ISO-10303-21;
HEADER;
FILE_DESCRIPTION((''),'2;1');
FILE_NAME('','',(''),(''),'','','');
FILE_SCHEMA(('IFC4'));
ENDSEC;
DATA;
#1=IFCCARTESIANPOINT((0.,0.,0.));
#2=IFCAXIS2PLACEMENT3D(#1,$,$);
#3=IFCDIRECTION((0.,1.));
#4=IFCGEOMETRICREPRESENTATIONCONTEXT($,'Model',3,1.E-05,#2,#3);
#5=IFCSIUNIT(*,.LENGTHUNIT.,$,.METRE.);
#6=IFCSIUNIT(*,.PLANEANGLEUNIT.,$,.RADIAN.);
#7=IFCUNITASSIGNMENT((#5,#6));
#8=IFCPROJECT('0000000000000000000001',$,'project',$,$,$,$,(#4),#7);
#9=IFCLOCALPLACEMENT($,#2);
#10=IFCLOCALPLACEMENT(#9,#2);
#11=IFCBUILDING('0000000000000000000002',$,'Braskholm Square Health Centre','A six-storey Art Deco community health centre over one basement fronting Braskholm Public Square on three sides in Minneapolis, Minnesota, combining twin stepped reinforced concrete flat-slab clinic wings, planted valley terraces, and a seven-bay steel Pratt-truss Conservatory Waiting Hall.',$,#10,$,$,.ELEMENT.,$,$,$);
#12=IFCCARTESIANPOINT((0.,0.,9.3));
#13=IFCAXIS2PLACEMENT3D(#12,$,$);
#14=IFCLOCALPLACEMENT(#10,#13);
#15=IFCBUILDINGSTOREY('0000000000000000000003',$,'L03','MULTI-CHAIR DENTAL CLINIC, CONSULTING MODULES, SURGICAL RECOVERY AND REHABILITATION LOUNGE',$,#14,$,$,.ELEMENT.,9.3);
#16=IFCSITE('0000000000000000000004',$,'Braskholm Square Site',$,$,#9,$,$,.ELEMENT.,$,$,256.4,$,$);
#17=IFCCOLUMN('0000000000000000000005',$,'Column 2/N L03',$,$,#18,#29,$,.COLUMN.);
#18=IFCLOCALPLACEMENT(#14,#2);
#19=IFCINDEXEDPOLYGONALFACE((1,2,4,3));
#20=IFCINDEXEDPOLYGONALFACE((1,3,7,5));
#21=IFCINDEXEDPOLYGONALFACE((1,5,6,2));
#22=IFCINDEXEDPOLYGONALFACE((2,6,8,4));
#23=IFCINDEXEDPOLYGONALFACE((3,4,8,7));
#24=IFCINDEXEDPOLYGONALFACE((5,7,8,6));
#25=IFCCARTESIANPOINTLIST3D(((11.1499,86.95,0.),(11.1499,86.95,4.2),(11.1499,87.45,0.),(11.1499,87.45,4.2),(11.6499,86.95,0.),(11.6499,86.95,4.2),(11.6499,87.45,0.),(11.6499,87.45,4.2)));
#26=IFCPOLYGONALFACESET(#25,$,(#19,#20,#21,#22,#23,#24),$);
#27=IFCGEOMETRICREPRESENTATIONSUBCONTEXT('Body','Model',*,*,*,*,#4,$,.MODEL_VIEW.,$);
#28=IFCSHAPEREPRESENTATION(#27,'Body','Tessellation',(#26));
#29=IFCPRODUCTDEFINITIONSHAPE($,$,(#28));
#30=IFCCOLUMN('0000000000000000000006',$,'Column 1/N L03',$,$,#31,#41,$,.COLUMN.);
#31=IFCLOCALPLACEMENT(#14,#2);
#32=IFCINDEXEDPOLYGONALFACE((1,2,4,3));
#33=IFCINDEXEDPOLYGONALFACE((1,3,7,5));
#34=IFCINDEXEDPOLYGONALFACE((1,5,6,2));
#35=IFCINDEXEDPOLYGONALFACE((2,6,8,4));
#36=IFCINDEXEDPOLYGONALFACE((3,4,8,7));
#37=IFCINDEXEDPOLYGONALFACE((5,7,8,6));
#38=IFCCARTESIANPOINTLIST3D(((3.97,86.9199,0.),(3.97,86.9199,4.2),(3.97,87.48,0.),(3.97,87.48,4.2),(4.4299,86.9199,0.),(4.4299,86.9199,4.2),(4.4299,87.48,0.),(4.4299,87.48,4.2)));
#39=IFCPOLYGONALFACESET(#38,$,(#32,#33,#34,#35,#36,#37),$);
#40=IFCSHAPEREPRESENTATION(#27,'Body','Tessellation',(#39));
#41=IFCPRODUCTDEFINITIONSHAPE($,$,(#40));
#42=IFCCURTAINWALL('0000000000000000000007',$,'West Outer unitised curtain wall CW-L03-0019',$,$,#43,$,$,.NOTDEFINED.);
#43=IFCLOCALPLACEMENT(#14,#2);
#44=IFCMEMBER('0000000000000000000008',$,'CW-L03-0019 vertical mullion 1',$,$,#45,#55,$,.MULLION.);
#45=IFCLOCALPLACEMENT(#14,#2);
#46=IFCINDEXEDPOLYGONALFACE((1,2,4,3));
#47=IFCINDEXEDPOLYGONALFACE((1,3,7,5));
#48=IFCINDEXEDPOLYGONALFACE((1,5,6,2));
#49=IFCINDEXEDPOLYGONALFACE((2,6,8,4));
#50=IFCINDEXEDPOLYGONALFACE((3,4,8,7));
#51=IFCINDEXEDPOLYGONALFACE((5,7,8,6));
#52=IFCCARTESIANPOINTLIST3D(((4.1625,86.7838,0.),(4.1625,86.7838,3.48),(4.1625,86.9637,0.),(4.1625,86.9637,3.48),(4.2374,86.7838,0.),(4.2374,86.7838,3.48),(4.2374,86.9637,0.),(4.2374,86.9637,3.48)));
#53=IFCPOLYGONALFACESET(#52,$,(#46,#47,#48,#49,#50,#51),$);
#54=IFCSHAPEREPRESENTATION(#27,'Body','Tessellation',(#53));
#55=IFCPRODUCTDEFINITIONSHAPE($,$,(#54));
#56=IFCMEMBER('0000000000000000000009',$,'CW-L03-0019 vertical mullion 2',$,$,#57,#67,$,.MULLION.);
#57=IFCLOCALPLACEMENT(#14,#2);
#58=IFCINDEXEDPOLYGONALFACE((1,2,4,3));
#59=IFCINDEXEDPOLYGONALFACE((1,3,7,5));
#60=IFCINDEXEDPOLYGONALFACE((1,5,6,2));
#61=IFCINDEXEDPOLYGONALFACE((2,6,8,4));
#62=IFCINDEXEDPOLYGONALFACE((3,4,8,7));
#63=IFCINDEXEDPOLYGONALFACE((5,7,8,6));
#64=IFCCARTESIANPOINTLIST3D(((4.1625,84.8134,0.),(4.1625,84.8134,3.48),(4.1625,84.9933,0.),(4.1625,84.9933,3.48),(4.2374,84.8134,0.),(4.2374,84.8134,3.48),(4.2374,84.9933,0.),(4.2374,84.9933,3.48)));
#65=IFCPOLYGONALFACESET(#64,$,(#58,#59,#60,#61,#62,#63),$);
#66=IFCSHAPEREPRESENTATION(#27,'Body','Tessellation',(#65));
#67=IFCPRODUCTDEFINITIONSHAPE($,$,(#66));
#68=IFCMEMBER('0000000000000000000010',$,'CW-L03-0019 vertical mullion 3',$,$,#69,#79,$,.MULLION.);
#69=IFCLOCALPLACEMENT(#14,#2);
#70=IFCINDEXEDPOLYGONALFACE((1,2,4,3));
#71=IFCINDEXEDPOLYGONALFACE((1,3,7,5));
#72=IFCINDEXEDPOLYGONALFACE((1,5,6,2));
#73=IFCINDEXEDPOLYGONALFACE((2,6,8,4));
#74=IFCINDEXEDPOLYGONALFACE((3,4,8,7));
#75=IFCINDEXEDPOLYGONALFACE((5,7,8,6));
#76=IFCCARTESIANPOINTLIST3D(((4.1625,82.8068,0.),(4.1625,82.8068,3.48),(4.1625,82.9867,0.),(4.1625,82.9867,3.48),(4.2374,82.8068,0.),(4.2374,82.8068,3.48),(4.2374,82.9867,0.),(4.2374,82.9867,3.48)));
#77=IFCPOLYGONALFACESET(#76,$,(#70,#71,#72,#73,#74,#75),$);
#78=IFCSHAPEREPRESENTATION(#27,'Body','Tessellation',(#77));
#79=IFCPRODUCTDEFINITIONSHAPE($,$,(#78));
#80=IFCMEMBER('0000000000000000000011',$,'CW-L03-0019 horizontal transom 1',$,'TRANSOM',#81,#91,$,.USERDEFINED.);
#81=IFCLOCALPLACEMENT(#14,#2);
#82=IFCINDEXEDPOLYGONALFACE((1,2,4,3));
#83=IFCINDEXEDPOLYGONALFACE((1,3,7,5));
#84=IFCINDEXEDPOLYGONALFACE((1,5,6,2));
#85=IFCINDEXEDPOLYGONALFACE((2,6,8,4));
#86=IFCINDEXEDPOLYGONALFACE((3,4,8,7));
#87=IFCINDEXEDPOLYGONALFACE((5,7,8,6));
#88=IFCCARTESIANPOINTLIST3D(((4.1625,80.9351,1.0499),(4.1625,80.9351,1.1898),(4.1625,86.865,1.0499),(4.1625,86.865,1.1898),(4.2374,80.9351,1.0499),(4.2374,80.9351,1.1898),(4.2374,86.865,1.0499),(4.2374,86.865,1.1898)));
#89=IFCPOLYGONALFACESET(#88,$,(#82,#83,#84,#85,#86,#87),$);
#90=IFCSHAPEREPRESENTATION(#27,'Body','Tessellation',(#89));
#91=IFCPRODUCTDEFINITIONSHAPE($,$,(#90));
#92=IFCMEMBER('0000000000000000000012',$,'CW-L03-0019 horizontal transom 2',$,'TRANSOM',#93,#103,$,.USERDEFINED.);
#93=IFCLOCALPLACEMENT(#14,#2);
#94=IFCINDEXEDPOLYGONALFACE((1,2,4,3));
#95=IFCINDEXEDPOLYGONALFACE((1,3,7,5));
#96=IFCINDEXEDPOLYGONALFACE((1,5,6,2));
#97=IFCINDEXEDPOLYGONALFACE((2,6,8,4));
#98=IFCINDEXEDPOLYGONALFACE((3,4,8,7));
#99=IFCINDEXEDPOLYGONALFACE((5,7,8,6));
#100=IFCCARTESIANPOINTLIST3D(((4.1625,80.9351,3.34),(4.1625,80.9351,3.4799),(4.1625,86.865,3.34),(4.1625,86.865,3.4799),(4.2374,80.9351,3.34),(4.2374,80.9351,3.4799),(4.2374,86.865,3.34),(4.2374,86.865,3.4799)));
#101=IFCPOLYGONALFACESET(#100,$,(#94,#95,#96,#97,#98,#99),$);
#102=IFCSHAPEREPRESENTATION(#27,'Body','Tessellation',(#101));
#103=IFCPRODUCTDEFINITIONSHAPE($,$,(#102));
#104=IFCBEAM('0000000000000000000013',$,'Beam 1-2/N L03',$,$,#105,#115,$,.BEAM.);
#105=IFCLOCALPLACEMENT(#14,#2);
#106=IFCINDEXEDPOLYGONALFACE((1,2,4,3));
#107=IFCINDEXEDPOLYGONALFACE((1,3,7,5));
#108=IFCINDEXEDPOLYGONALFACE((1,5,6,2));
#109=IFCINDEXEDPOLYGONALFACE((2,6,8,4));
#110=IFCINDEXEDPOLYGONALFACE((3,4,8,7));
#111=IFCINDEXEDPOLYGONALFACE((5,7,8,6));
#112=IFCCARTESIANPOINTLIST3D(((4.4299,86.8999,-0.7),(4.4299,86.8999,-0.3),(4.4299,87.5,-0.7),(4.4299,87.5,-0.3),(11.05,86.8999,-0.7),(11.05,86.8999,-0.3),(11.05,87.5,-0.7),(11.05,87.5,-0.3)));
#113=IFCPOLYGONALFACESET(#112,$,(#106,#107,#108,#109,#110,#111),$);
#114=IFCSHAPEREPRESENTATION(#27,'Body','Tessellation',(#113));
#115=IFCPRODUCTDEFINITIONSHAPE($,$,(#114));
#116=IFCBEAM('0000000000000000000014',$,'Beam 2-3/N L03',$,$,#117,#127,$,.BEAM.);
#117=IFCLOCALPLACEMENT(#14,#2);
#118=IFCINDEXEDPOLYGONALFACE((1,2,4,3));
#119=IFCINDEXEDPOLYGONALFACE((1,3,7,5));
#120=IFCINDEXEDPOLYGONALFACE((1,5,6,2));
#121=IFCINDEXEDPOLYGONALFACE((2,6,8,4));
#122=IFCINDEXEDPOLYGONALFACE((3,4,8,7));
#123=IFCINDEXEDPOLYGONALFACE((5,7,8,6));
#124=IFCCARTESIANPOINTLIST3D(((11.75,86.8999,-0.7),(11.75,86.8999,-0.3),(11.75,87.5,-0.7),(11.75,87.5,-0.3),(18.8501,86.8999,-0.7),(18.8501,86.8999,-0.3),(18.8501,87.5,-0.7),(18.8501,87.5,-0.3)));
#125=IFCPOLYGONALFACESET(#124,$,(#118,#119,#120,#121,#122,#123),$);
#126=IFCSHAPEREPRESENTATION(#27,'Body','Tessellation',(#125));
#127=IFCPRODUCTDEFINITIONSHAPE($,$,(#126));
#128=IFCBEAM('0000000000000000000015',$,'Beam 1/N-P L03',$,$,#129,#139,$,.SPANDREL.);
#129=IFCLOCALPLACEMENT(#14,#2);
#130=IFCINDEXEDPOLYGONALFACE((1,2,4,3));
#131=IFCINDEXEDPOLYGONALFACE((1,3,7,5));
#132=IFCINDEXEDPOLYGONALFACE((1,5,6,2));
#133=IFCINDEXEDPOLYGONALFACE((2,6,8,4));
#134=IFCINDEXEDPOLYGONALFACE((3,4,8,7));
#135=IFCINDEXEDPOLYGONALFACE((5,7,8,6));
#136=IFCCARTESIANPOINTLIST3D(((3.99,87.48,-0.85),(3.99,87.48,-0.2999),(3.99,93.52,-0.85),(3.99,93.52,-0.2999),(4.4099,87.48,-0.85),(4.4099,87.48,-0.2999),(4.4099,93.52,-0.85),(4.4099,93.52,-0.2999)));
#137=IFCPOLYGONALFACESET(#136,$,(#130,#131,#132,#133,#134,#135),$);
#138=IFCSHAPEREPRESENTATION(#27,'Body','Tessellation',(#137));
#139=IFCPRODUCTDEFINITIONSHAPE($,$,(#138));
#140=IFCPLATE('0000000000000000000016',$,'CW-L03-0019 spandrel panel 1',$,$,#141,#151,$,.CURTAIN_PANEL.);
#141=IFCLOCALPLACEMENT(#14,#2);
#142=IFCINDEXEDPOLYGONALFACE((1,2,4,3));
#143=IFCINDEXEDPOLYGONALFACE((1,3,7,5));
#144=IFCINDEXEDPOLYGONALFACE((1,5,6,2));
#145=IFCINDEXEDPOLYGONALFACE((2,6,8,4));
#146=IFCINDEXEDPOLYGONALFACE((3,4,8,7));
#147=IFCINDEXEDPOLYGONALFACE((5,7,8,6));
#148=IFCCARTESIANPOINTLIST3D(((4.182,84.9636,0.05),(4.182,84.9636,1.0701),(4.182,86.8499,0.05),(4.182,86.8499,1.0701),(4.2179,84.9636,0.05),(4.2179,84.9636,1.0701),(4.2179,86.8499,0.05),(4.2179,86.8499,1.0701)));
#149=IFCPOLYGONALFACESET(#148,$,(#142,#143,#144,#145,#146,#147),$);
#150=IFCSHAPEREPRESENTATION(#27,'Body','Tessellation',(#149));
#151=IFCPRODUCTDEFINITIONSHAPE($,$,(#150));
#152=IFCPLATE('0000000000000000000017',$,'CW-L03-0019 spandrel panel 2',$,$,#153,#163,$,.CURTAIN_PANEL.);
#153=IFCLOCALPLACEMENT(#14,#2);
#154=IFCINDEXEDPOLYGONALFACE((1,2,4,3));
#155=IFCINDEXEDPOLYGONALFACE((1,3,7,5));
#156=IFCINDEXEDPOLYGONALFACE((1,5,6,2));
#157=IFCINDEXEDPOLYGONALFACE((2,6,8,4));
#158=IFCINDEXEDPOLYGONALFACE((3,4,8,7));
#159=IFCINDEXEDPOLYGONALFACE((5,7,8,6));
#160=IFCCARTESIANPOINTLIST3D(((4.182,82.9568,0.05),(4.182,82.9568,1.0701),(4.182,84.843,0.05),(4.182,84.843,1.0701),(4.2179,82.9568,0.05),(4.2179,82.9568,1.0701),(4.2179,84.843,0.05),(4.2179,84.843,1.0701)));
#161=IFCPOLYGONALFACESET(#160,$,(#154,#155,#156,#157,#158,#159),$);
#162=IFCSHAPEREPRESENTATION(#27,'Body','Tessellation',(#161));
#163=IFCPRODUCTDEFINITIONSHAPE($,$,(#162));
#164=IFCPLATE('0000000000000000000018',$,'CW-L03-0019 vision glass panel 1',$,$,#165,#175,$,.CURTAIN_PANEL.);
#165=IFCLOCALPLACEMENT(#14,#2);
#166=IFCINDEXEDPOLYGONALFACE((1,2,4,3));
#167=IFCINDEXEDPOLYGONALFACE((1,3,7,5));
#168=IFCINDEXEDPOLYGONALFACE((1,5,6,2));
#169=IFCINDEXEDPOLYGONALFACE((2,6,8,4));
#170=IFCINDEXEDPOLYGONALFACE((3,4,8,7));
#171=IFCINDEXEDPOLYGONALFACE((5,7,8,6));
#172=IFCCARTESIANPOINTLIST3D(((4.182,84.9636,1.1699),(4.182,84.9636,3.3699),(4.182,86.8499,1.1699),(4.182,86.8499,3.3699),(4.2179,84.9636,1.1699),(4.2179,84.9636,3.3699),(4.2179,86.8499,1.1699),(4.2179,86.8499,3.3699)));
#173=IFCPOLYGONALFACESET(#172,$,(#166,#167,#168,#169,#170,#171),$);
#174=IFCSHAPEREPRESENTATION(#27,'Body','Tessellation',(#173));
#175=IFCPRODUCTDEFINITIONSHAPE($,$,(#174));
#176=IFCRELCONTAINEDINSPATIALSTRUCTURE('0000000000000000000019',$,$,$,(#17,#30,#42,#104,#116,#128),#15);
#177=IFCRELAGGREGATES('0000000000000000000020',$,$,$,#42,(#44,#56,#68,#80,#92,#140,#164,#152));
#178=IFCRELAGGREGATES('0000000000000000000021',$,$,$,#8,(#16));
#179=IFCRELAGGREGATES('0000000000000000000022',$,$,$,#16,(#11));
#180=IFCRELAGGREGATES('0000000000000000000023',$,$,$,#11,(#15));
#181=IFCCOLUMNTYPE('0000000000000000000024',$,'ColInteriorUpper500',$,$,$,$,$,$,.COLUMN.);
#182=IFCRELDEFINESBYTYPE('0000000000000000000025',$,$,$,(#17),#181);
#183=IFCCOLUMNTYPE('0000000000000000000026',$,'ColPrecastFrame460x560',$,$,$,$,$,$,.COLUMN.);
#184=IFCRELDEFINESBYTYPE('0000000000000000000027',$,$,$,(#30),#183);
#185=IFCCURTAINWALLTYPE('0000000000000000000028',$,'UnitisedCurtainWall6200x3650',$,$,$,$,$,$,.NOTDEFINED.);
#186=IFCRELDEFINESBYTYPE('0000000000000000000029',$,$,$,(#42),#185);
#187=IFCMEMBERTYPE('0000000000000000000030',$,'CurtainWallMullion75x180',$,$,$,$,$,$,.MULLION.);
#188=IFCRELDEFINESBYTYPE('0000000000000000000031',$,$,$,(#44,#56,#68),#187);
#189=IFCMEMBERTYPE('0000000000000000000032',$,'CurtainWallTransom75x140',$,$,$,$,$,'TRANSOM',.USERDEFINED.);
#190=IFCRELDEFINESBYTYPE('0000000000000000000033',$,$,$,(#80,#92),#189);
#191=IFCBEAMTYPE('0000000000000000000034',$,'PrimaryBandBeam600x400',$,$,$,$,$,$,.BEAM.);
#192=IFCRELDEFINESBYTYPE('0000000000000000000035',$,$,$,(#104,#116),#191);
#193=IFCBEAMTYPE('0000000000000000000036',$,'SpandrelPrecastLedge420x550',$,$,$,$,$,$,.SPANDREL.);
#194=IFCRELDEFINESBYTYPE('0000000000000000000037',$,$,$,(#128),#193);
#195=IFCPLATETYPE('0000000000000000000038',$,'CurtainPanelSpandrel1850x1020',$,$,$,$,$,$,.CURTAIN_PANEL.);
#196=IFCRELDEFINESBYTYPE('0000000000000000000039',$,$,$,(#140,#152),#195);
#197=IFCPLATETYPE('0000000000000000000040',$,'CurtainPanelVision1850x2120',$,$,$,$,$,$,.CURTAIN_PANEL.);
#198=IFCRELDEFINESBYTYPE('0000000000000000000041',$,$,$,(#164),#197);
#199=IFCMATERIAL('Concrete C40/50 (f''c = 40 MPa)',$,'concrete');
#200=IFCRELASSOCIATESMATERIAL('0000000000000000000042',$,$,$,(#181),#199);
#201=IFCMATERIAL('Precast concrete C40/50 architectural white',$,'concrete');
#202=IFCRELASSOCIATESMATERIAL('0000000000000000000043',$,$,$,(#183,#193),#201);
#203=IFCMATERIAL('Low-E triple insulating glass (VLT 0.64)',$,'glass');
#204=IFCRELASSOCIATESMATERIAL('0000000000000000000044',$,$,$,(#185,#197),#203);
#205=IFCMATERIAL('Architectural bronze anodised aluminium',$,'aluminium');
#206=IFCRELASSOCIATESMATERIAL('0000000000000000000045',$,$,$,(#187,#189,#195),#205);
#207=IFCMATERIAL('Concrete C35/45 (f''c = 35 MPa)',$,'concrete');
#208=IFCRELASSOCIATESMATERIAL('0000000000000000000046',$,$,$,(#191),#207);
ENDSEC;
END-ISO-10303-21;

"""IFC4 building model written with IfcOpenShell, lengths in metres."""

from ifc_helpers import new_model, si_unit, direction, frame, origin, origin_2d, place, context, subcontext, project, spatial, rectangle, extrude, material, material_profile, profile_set, type_object, element, aggregate, save


model = new_model("IFC4")

# Units and contexts
model_context = context("Model", 3, precision=1e-05, world=origin(), true_north=direction((0.0, 1.0)))
body_context = subcontext(model_context, "Body", "Model", "MODEL_VIEW")
ifc_project = project(units=[si_unit("LENGTHUNIT", "METRE"), si_unit("PLANEANGLEUNIT", "RADIAN")], contexts=[model_context])

# Site, building, storey
site_placement = place(None, origin())
site = spatial("IfcSite", under=ifc_project, at=site_placement, Name="Braskholm Square Site", CompositionType="ELEMENT", RefElevation=256.4)
building_placement = place(site_placement, origin())
building = spatial("IfcBuilding", under=site, at=building_placement, Name="Braskholm Square Health Centre", Description="A six-storey Art Deco community health centre over one basement fronting Braskholm Public Square on three sides in Minneapolis, Minnesota, combining twin stepped reinforced concrete flat-slab clinic wings, planted valley terraces, and a seven-bay steel Pratt-truss Conservatory Waiting Hall.", CompositionType="ELEMENT")
storey_placement = place(building_placement, frame((0.0, 0.0, 9.3)))
storey = spatial("IfcBuildingStorey", under=building, at=storey_placement, Name="L03", Description="MULTI-CHAIR DENTAL CLINIC, CONSULTING MODULES, SURGICAL RECOVERY AND REHABILITATION LOUNGE", CompositionType="ELEMENT", Elevation=9.3)

# Columns
ifc_material_1 = material(Name="Concrete C40/50 (f'c = 40 MPa)", Category="concrete")
ifc_material_profile_1 = material_profile(ifc_material_1, rectangle(XDim=0.5, YDim=0.5, at=origin_2d()), Name="RC-500X500")
ifc_profile_set_1 = profile_set([ifc_material_profile_1], Name="Concrete C40/50 (f'c = 40 MPa)")
column_type_1 = type_object("IfcColumnType", Name="ColInteriorUpper500", PredefinedType="COLUMN", material=ifc_profile_set_1)
column_1_placement = place(storey_placement, frame((11.3999, 87.2, 0.0), z_axis=(0.0, 0.0, 1.0), x_axis=(1.0, 0.0, 0.0)))
element("IfcColumn", 1, at=column_1_placement, inside=storey, type_object=column_type_1, Name="Column 2/N L03", PredefinedType="COLUMN", context=body_context, shape_type="SweptSolid", body=[
    extrude(rectangle(XDim=0.5, YDim=0.5, at=origin_2d()), origin(), (0.0, 0.0, 1.0), 4.2),
])
ifc_material_2 = material(Name="Precast concrete C40/50 architectural white", Category="concrete")
ifc_material_profile_2 = material_profile(ifc_material_2, rectangle(XDim=0.46, YDim=0.5601, at=origin_2d()), Name="RC-460X560")
ifc_profile_set_2 = profile_set([ifc_material_profile_2], Name="Precast concrete C40/50 architectural white")
column_type_2 = type_object("IfcColumnType", Name="ColPrecastFrame460x560", PredefinedType="COLUMN", material=ifc_profile_set_2)
column_2_placement = place(storey_placement, frame((4.2, 87.2, 0.0), z_axis=(0.0, 0.0, 1.0), x_axis=(1.0, 0.0, 0.0)))
element("IfcColumn", 2, at=column_2_placement, inside=storey, type_object=column_type_2, Name="Column 1/N L03", PredefinedType="COLUMN", context=body_context, shape_type="SweptSolid", body=[
    extrude(rectangle(XDim=0.46, YDim=0.5601, at=origin_2d()), origin(), (0.0, 0.0, 1.0), 4.2),
])

# Curtain wall, members
ifc_material_3 = material(Name="Low-E triple insulating glass (VLT 0.64)", Category="glass")
curtain_wall_type = type_object("IfcCurtainWallType", Name="UnitisedCurtainWall6200x3650", PredefinedType="NOTDEFINED", material=ifc_material_3)
curtain_wall_placement = place(storey_placement, origin())
curtain_wall = element("IfcCurtainWall", 3, at=curtain_wall_placement, inside=storey, type_object=curtain_wall_type, Name="West Outer unitised curtain wall CW-L03-0019", PredefinedType="NOTDEFINED")
ifc_material_4 = material(Name="Architectural bronze anodised aluminium", Category="aluminium")
ifc_material_profile_3 = material_profile(ifc_material_4, rectangle(XDim=0.075, YDim=0.1799, at=origin_2d()), Name="ALU-75X180")
ifc_profile_set_3 = profile_set([ifc_material_profile_3], Name="Architectural bronze anodised aluminium")
member_type_1 = type_object("IfcMemberType", Name="CurtainWallMullion75x180", PredefinedType="MULLION", material=ifc_profile_set_3)
member_1_placement = place(storey_placement, frame((4.2, 86.8738, 0.0), z_axis=(0.0, 0.0, 1.0), x_axis=(1.0, 0.0, 0.0)))
member_1 = element("IfcMember", 4, at=member_1_placement, type_object=member_type_1, Name="CW-L03-0019 vertical mullion 1", PredefinedType="MULLION", context=body_context, shape_type="SweptSolid", body=[
    extrude(rectangle(XDim=0.075, YDim=0.1799, at=origin_2d()), origin(), (0.0, 0.0, 1.0), 3.48),
])
member_2_placement = place(storey_placement, frame((4.2, 84.9033, 0.0), z_axis=(0.0, 0.0, 1.0), x_axis=(1.0, 0.0, 0.0)))
member_2 = element("IfcMember", 5, at=member_2_placement, type_object=member_type_1, Name="CW-L03-0019 vertical mullion 2", PredefinedType="MULLION", context=body_context, shape_type="SweptSolid", body=[
    extrude(rectangle(XDim=0.075, YDim=0.1799, at=origin_2d()), origin(), (0.0, 0.0, 1.0), 3.48),
])
member_3_placement = place(storey_placement, frame((4.2, 82.8967, 0.0), z_axis=(0.0, 0.0, 1.0), x_axis=(1.0, 0.0, 0.0)))
member_3 = element("IfcMember", 6, at=member_3_placement, type_object=member_type_1, Name="CW-L03-0019 vertical mullion 3", PredefinedType="MULLION", context=body_context, shape_type="SweptSolid", body=[
    extrude(rectangle(XDim=0.075, YDim=0.1799, at=origin_2d()), origin(), (0.0, 0.0, 1.0), 3.48),
])
ifc_material_profile_4 = material_profile(ifc_material_4, rectangle(XDim=0.075, YDim=0.1399, at=origin_2d()), Name="ALU-75X140")
ifc_profile_set_4 = profile_set([ifc_material_profile_4], Name="Architectural bronze anodised aluminium")
member_type_2 = type_object("IfcMemberType", Name="CurtainWallTransom75x140", ElementType="TRANSOM", PredefinedType="USERDEFINED", material=ifc_profile_set_4)
member_4_placement = place(storey_placement, frame((4.2, 86.865, 1.1199), z_axis=(0.0, -1.0, 0.0), x_axis=(1.0, 0.0, 0.0)))
member_4 = element("IfcMember", 7, at=member_4_placement, type_object=member_type_2, Name="CW-L03-0019 horizontal transom 1", ObjectType="TRANSOM", PredefinedType="USERDEFINED", context=body_context, shape_type="SweptSolid", body=[
    extrude(rectangle(XDim=0.075, YDim=0.1399, at=origin_2d()), origin(), (0.0, 0.0, 1.0), 5.9299),
])
member_5_placement = place(storey_placement, frame((4.2, 86.865, 3.4099), z_axis=(0.0, -1.0, 0.0), x_axis=(1.0, 0.0, 0.0)))
member_5 = element("IfcMember", 8, at=member_5_placement, type_object=member_type_2, Name="CW-L03-0019 horizontal transom 2", ObjectType="TRANSOM", PredefinedType="USERDEFINED", context=body_context, shape_type="SweptSolid", body=[
    extrude(rectangle(XDim=0.075, YDim=0.1399, at=origin_2d()), origin(), (0.0, 0.0, 1.0), 5.9299),
])

# Beams
ifc_material_5 = material(Name="Concrete C35/45 (f'c = 35 MPa)", Category="concrete")
ifc_material_profile_5 = material_profile(ifc_material_5, rectangle(XDim=0.6001, YDim=0.3999, at=origin_2d()), Name="RCB-600X400")
ifc_profile_set_5 = profile_set([ifc_material_profile_5], Name="Concrete C35/45 (f'c = 35 MPa)")
beam_type_1 = type_object("IfcBeamType", Name="PrimaryBandBeam600x400", PredefinedType="BEAM", material=ifc_profile_set_5)
beam_1_placement = place(storey_placement, frame((4.4299, 87.2, -0.5), z_axis=(1.0, 0.0, 0.0), x_axis=(0.0, 1.0, 0.0)))
element("IfcBeam", 9, at=beam_1_placement, inside=storey, type_object=beam_type_1, Name="Beam 1-2/N L03", PredefinedType="BEAM", context=body_context, shape_type="SweptSolid", body=[
    extrude(rectangle(XDim=0.6001, YDim=0.3999, at=origin_2d()), origin(), (0.0, 0.0, 1.0), 6.6201),
])
beam_2_placement = place(storey_placement, frame((11.75, 87.2, -0.5), z_axis=(1.0, 0.0, 0.0), x_axis=(0.0, 1.0, 0.0)))
element("IfcBeam", 10, at=beam_2_placement, inside=storey, type_object=beam_type_1, Name="Beam 2-3/N L03", PredefinedType="BEAM", context=body_context, shape_type="SweptSolid", body=[
    extrude(rectangle(XDim=0.6001, YDim=0.3999, at=origin_2d()), origin(), (0.0, 0.0, 1.0), 7.1001),
])
ifc_material_profile_6 = material_profile(ifc_material_2, rectangle(XDim=0.4199, YDim=0.55, at=origin_2d()), Name="RCB-420X550")
ifc_profile_set_6 = profile_set([ifc_material_profile_6], Name="Precast concrete C40/50 architectural white")
beam_type_2 = type_object("IfcBeamType", Name="SpandrelPrecastLedge420x550", PredefinedType="SPANDREL", material=ifc_profile_set_6)
beam_3_placement = place(storey_placement, frame((4.2, 87.48, -0.575), z_axis=(0.0, 1.0, 0.0), x_axis=(-1.0, 0.0, 0.0)))
element("IfcBeam", 11, at=beam_3_placement, inside=storey, type_object=beam_type_2, Name="Beam 1/N-P L03", PredefinedType="SPANDREL", context=body_context, shape_type="SweptSolid", body=[
    extrude(rectangle(XDim=0.4199, YDim=0.55, at=origin_2d()), origin(), (0.0, 0.0, 1.0), 6.04),
])

# Plates
plate_type_1 = type_object("IfcPlateType", Name="CurtainPanelSpandrel1850x1020", PredefinedType="CURTAIN_PANEL", material=ifc_material_4)
plate_1_placement = place(storey_placement, frame((4.2, 85.9067, 0.05), z_axis=(0.0, 0.0, 1.0), x_axis=(0.0, -1.0, 0.0)))
plate_1 = element("IfcPlate", 12, at=plate_1_placement, type_object=plate_type_1, Name="CW-L03-0019 spandrel panel 1", PredefinedType="CURTAIN_PANEL", context=body_context, shape_type="SweptSolid", body=[
    extrude(rectangle(XDim=1.8862, YDim=0.0359, at=origin_2d()), origin(), (0.0, 0.0, 1.0), 1.02),
])
plate_2_placement = place(storey_placement, frame((4.2, 83.8999, 0.05), z_axis=(0.0, 0.0, 1.0), x_axis=(0.0, -1.0, 0.0)))
plate_2 = element("IfcPlate", 13, at=plate_2_placement, type_object=plate_type_1, Name="CW-L03-0019 spandrel panel 2", PredefinedType="CURTAIN_PANEL", context=body_context, shape_type="SweptSolid", body=[
    extrude(rectangle(XDim=1.8862, YDim=0.0359, at=origin_2d()), origin(), (0.0, 0.0, 1.0), 1.02),
])
plate_type_2 = type_object("IfcPlateType", Name="CurtainPanelVision1850x2120", PredefinedType="CURTAIN_PANEL", material=ifc_material_3)
plate_3_placement = place(storey_placement, frame((4.2, 85.9067, 1.1699), z_axis=(0.0, 0.0, 1.0), x_axis=(0.0, -1.0, 0.0)))
plate_3 = element("IfcPlate", 14, at=plate_3_placement, type_object=plate_type_2, Name="CW-L03-0019 vision glass panel 1", PredefinedType="CURTAIN_PANEL", context=body_context, shape_type="SweptSolid", body=[
    extrude(rectangle(XDim=1.8862, YDim=0.0359, at=origin_2d()), origin(), (0.0, 0.0, 1.0), 2.2),
])
aggregate(curtain_wall, [member_1, member_2, member_3, member_4, member_5, plate_1, plate_3, plate_2])

save(model, "model.ifc")
